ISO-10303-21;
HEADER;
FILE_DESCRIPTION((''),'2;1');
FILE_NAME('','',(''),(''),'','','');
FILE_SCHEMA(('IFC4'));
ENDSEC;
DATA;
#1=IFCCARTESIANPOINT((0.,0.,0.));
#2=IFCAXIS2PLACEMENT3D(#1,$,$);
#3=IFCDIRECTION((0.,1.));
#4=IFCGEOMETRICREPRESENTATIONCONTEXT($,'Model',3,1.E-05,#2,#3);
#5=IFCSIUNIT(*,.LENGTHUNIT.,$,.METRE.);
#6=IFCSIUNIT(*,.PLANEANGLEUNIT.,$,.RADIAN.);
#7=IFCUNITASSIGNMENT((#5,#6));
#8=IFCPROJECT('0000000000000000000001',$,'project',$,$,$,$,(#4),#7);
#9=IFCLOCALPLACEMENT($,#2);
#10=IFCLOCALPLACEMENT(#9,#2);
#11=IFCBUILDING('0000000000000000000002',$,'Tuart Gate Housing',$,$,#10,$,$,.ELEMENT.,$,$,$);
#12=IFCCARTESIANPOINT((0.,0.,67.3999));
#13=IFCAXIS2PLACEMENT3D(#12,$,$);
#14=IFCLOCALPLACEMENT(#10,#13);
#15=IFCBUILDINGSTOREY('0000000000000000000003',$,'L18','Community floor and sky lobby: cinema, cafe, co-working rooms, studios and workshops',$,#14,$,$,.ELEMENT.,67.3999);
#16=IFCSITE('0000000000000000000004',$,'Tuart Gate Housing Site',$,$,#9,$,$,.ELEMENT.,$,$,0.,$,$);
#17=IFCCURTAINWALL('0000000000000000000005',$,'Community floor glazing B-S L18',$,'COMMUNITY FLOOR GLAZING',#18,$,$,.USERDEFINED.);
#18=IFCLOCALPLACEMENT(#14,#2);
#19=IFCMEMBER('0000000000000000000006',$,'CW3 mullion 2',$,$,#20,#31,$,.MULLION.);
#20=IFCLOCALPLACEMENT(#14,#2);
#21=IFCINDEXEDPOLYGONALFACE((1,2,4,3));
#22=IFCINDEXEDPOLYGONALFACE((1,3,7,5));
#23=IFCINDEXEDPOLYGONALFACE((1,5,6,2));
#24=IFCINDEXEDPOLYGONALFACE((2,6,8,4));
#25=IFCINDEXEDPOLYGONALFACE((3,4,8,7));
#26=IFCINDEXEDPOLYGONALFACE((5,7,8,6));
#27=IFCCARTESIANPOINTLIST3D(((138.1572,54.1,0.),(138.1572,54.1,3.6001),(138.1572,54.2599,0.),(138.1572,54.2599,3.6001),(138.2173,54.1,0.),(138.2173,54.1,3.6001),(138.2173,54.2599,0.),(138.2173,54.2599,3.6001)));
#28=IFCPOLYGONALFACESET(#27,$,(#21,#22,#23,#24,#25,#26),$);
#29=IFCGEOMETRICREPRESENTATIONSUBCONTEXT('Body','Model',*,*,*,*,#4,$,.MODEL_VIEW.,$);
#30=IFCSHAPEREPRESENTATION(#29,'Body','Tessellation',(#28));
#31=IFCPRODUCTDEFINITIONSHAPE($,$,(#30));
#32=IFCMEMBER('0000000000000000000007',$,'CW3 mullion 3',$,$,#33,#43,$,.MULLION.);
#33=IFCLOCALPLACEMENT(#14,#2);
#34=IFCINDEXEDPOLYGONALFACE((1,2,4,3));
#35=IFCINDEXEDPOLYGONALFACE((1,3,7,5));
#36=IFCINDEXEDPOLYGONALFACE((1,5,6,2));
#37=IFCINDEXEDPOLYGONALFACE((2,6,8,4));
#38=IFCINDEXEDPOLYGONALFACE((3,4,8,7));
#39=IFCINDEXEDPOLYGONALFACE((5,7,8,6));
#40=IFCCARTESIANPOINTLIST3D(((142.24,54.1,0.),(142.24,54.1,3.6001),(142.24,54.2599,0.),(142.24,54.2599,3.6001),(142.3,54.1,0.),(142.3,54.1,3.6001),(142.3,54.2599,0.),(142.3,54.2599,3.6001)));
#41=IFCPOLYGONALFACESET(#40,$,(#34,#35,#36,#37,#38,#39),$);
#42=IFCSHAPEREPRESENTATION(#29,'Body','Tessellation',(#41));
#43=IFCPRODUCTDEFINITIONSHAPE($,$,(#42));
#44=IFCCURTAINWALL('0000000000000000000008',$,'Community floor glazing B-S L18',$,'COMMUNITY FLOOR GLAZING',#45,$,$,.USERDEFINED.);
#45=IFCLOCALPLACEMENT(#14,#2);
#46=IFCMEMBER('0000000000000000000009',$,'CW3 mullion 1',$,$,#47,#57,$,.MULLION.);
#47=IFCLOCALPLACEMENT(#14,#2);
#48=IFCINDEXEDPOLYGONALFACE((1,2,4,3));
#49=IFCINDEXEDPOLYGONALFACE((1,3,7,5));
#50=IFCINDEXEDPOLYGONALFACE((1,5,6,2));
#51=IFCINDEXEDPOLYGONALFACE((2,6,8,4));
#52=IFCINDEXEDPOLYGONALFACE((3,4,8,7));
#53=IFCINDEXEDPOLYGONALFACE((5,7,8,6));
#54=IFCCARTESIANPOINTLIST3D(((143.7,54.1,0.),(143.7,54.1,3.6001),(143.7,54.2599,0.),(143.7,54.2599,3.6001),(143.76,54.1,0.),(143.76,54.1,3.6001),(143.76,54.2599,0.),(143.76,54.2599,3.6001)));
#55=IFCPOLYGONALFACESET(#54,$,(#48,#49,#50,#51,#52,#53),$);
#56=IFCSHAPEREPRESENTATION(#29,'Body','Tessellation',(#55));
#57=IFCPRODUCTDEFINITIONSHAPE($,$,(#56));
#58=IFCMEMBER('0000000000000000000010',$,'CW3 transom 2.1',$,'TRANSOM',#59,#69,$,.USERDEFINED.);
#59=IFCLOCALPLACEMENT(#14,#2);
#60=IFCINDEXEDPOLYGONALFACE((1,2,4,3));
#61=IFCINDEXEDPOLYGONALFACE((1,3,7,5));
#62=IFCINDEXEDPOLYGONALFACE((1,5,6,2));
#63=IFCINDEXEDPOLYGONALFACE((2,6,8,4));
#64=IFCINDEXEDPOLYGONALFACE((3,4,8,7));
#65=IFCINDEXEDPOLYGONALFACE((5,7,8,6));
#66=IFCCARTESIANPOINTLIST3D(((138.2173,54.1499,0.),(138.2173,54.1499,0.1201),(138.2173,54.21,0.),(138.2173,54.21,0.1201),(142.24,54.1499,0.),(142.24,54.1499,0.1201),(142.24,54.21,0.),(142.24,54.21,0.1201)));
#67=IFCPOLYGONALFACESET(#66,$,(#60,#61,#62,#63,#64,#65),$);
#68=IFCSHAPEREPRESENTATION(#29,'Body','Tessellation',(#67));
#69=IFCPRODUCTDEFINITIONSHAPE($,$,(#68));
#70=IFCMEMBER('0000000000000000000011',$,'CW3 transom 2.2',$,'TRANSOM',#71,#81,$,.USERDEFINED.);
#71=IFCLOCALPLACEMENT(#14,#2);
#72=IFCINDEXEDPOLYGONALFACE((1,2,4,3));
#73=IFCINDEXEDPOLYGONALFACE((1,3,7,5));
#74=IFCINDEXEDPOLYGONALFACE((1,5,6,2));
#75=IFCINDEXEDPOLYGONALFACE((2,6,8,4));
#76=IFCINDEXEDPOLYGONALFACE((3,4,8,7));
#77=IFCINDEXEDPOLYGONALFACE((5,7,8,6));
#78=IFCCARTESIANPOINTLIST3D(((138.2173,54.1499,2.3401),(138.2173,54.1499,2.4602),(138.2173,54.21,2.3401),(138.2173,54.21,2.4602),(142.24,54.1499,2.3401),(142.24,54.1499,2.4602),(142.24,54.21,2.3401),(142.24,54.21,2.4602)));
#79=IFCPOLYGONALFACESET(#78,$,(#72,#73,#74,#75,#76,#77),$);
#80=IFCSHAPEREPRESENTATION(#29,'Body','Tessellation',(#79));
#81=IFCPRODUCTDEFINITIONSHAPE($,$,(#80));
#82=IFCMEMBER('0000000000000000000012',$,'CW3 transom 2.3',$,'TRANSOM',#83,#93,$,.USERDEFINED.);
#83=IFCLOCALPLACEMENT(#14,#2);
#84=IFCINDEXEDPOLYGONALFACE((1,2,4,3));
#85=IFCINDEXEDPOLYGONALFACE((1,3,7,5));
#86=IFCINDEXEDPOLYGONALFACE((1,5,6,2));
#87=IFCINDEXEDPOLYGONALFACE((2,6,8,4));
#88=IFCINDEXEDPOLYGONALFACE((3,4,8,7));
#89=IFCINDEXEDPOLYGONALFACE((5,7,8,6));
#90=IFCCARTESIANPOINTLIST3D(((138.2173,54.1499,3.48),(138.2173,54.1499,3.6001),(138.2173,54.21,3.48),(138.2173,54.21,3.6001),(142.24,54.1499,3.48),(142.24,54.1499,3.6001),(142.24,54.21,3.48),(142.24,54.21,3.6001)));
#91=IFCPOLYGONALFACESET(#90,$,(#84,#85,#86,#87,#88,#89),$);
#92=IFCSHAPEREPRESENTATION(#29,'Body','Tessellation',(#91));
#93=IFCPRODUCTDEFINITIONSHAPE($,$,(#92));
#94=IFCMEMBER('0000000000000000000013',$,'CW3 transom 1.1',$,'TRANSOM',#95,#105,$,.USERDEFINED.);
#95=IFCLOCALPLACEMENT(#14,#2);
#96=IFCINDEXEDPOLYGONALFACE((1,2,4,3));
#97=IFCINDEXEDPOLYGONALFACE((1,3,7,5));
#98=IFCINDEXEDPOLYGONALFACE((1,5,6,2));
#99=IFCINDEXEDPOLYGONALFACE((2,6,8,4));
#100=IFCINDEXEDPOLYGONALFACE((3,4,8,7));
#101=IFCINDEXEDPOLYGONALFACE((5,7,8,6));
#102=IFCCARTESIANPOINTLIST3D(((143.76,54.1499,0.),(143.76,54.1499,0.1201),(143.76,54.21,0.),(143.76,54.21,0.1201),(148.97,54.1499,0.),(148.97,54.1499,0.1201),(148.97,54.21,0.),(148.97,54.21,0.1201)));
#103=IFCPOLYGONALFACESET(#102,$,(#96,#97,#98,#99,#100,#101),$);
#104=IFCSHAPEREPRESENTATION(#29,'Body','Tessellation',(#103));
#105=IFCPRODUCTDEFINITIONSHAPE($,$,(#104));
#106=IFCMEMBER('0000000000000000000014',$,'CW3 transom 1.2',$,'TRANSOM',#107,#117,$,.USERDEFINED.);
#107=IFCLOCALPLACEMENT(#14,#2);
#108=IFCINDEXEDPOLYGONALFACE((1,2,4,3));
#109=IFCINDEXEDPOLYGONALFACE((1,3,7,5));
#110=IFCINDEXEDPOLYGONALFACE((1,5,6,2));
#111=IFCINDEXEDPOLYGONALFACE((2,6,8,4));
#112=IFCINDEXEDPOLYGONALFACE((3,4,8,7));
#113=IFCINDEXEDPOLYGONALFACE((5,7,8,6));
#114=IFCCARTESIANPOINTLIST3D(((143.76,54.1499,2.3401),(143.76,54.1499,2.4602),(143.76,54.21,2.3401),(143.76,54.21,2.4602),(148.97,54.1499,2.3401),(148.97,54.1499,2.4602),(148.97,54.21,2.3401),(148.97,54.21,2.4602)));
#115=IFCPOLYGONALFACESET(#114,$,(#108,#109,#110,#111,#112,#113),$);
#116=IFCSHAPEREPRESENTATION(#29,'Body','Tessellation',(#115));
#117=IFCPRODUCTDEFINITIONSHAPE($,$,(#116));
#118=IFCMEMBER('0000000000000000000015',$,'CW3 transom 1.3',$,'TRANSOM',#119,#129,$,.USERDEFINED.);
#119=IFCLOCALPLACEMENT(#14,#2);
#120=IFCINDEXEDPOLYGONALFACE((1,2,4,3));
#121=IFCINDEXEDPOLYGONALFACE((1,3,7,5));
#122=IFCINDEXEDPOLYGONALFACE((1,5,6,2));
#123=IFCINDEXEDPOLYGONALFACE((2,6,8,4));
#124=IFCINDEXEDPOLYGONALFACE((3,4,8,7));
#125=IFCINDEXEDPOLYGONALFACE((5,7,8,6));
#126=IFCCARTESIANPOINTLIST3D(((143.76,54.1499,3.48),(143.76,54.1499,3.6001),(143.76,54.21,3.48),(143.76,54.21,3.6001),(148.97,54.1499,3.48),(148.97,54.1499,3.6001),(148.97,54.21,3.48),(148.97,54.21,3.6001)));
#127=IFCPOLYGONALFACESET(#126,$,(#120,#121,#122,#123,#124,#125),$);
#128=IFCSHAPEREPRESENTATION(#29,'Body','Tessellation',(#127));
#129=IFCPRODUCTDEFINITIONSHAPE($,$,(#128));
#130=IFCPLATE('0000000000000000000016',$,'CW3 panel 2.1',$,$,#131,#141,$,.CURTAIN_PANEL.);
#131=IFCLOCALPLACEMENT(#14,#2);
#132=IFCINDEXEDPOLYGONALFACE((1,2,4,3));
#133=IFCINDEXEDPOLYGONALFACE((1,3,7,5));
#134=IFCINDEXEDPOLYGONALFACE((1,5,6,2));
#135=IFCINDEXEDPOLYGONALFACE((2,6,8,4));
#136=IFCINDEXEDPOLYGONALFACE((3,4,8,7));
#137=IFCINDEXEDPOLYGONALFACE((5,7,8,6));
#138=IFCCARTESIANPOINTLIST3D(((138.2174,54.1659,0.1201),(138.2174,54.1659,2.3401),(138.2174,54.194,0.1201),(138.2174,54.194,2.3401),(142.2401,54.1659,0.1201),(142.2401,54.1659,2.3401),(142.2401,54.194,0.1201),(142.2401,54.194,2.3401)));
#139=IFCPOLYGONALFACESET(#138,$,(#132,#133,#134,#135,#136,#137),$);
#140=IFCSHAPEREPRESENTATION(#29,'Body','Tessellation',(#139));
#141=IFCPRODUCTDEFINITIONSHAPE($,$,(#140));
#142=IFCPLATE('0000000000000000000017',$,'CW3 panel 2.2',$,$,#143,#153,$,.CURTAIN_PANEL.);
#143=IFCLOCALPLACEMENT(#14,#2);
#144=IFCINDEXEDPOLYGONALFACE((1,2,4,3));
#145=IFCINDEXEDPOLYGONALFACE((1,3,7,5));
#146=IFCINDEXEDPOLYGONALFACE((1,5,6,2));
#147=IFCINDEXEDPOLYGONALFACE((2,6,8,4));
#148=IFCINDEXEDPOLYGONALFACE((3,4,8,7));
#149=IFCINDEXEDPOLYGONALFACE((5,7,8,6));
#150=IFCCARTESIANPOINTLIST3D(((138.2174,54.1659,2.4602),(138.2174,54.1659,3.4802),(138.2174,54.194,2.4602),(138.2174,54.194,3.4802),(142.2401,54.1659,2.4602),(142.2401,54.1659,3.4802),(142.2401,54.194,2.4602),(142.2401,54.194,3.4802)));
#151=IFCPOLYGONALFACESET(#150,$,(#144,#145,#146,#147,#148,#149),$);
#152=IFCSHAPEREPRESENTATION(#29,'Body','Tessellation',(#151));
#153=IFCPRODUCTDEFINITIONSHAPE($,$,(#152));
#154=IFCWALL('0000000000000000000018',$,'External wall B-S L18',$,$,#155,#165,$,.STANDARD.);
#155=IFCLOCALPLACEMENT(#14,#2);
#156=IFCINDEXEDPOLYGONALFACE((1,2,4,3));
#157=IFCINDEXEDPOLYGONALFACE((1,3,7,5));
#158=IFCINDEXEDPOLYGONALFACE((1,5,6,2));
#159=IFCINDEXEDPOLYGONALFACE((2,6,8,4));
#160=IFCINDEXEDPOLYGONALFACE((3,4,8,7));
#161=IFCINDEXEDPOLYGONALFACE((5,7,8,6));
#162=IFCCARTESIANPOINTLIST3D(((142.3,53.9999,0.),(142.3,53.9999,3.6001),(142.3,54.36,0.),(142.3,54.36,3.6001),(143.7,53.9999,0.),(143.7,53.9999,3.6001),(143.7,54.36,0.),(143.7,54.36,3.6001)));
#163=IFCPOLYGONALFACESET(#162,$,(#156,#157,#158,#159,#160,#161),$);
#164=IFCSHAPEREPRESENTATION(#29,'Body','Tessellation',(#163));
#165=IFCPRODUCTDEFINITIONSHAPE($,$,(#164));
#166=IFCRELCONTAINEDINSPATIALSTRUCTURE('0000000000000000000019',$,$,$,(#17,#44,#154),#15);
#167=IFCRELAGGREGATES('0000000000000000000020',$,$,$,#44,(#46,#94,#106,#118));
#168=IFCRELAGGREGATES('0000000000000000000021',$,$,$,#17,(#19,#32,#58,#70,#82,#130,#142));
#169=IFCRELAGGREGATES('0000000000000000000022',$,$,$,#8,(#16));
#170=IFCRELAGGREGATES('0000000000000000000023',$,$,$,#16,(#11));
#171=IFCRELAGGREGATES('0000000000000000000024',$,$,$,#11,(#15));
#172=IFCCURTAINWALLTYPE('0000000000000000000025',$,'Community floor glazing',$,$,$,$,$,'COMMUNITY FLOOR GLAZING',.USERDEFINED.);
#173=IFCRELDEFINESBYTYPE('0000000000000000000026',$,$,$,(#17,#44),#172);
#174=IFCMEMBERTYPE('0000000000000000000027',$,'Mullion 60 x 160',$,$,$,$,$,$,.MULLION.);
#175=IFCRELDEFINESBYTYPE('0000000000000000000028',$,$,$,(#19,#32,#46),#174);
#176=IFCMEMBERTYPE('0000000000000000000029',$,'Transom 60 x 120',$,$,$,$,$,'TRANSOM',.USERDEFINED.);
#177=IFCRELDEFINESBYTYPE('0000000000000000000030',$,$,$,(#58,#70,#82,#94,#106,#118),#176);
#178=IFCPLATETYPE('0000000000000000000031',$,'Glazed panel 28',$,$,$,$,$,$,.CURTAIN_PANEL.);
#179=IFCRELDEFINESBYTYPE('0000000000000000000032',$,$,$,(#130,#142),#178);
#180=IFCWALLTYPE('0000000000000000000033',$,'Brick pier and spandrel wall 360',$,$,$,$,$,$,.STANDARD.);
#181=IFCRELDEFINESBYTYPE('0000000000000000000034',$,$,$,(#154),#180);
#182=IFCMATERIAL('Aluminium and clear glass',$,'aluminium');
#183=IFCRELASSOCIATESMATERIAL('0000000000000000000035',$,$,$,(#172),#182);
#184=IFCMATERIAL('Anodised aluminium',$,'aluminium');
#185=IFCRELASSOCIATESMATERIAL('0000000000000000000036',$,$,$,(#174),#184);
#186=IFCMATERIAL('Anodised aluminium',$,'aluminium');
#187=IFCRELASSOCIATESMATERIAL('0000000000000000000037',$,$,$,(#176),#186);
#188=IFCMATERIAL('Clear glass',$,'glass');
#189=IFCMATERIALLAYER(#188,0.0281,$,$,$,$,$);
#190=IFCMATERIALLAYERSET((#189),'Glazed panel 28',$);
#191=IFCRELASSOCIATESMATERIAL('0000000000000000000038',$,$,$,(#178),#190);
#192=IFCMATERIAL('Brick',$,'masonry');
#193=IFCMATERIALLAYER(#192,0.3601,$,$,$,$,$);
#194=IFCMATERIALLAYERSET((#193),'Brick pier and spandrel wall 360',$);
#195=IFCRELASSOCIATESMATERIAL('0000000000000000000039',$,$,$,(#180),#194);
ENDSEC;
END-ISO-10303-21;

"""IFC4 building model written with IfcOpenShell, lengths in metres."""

from ifc_helpers import new_model, si_unit, direction, frame, frame_2d, origin, origin_2d, place, context, subcontext, project, spatial, rectangle, extrude, material, layer, layer_set, material_profile, profile_set, type_object, element, aggregate, save


model = new_model("IFC4")

# Units and contexts
model_context = context("Model", 3, precision=1e-05, world=origin(), true_north=direction((0.0, 1.0)))
body_context = subcontext(model_context, "Body", "Model", "MODEL_VIEW")
ifc_project = project(units=[si_unit("LENGTHUNIT", "METRE"), si_unit("PLANEANGLEUNIT", "RADIAN")], contexts=[model_context])

# Site, building, storey
site_placement = place(None, origin())
site = spatial("IfcSite", under=ifc_project, at=site_placement, Name="Tuart Gate Housing Site", CompositionType="ELEMENT", RefElevation=0.0)
building_placement = place(site_placement, origin())
building = spatial("IfcBuilding", under=site, at=building_placement, Name="Tuart Gate Housing", CompositionType="ELEMENT")
storey_placement = place(building_placement, frame((0.0, 0.0, 67.3999)))
storey = spatial("IfcBuildingStorey", under=building, at=storey_placement, Name="L18", Description="Community floor and sky lobby: cinema, cafe, co-working rooms, studios and workshops", CompositionType="ELEMENT", Elevation=67.3999)

# Curtain wall, members
ifc_material_1 = material(Name="Aluminium and clear glass", Category="aluminium")
curtain_wall_type = type_object("IfcCurtainWallType", Name="Community floor glazing", ElementType="COMMUNITY FLOOR GLAZING", PredefinedType="USERDEFINED", material=ifc_material_1)
curtain_wall_1_placement = place(storey_placement, origin())
curtain_wall_1 = element("IfcCurtainWall", 1, at=curtain_wall_1_placement, inside=storey, type_object=curtain_wall_type, Name="Community floor glazing B-S L18", ObjectType="COMMUNITY FLOOR GLAZING", PredefinedType="USERDEFINED")
ifc_material_2 = material(Name="Anodised aluminium", Category="aluminium")
ifc_material_profile_1 = material_profile(ifc_material_2, rectangle(XDim=0.0601, YDim=0.1599, at=origin_2d()), Name="60x160")
ifc_profile_set_1 = profile_set([ifc_material_profile_1], Name="Anodised aluminium")
member_type_1 = type_object("IfcMemberType", Name="Mullion 60 x 160", PredefinedType="MULLION", material=ifc_profile_set_1)
member_1_placement = place(storey_placement, frame((138.1873, 54.1799, 0.0), z_axis=(0.0, 0.0, 1.0), x_axis=(1.0, 0.0, 0.0)))
member_1 = element("IfcMember", 2, at=member_1_placement, type_object=member_type_1, Name="CW3 mullion 2", PredefinedType="MULLION", context=body_context, shape_type="SweptSolid", body=[
    extrude(rectangle(XDim=0.0601, YDim=0.1599, at=origin_2d()), origin(), (0.0, 0.0, 1.0), 3.6001),
])
member_2_placement = place(storey_placement, frame((142.27, 54.1799, 0.0), z_axis=(0.0, 0.0, 1.0), x_axis=(1.0, 0.0, 0.0)))
member_2 = element("IfcMember", 3, at=member_2_placement, type_object=member_type_1, Name="CW3 mullion 3", PredefinedType="MULLION", context=body_context, shape_type="SweptSolid", body=[
    extrude(rectangle(XDim=0.0601, YDim=0.1599, at=origin_2d()), origin(), (0.0, 0.0, 1.0), 3.6001),
])

# Curtain wall, member
curtain_wall_2_placement = place(storey_placement, origin())
curtain_wall_2 = element("IfcCurtainWall", 4, at=curtain_wall_2_placement, inside=storey, type_object=curtain_wall_type, Name="Community floor glazing B-S L18", ObjectType="COMMUNITY FLOOR GLAZING", PredefinedType="USERDEFINED")
member_3_placement = place(storey_placement, frame((143.73, 54.1799, 0.0), z_axis=(0.0, 0.0, 1.0), x_axis=(1.0, 0.0, 0.0)))
member_3 = element("IfcMember", 5, at=member_3_placement, type_object=member_type_1, Name="CW3 mullion 1", PredefinedType="MULLION", context=body_context, shape_type="SweptSolid", body=[
    extrude(rectangle(XDim=0.0601, YDim=0.1599, at=origin_2d()), origin(), (0.0, 0.0, 1.0), 3.6001),
])

# Members
ifc_material_3 = material(Name="Anodised aluminium", Category="aluminium")
ifc_material_profile_2 = material_profile(ifc_material_3, rectangle(XDim=0.0601, YDim=0.1201, at=origin_2d()), Name="60x120")
ifc_profile_set_2 = profile_set([ifc_material_profile_2], Name="Anodised aluminium")
member_type_2 = type_object("IfcMemberType", Name="Transom 60 x 120", ElementType="TRANSOM", PredefinedType="USERDEFINED", material=ifc_profile_set_2)
member_4_placement = place(storey_placement, frame((138.2173, 54.1799, 0.0601), z_axis=(1.0, 0.0, 0.0), x_axis=(0.0, 1.0, 0.0)))
member_4 = element("IfcMember", 6, at=member_4_placement, type_object=member_type_2, Name="CW3 transom 2.1", ObjectType="TRANSOM", PredefinedType="USERDEFINED", context=body_context, shape_type="SweptSolid", body=[
    extrude(rectangle(XDim=0.0601, YDim=0.1201, at=origin_2d()), origin(), (0.0, 0.0, 1.0), 4.0227),
])
member_5_placement = place(storey_placement, frame((138.2173, 54.1799, 2.4001), z_axis=(1.0, 0.0, 0.0), x_axis=(0.0, 1.0, 0.0)))
member_5 = element("IfcMember", 7, at=member_5_placement, type_object=member_type_2, Name="CW3 transom 2.2", ObjectType="TRANSOM", PredefinedType="USERDEFINED", context=body_context, shape_type="SweptSolid", body=[
    extrude(rectangle(XDim=0.0601, YDim=0.1201, at=origin_2d()), origin(), (0.0, 0.0, 1.0), 4.0227),
])
member_6_placement = place(storey_placement, frame((138.2173, 54.1799, 3.54), z_axis=(1.0, 0.0, 0.0), x_axis=(0.0, 1.0, 0.0)))
member_6 = element("IfcMember", 8, at=member_6_placement, type_object=member_type_2, Name="CW3 transom 2.3", ObjectType="TRANSOM", PredefinedType="USERDEFINED", context=body_context, shape_type="SweptSolid", body=[
    extrude(rectangle(XDim=0.0601, YDim=0.1201, at=origin_2d()), origin(), (0.0, 0.0, 1.0), 4.0227),
])
member_7_placement = place(storey_placement, frame((143.76, 54.1799, 0.0601), z_axis=(1.0, 0.0, 0.0), x_axis=(0.0, 1.0, 0.0)))
member_7 = element("IfcMember", 9, at=member_7_placement, type_object=member_type_2, Name="CW3 transom 1.1", ObjectType="TRANSOM", PredefinedType="USERDEFINED", context=body_context, shape_type="SweptSolid", body=[
    extrude(rectangle(XDim=0.0601, YDim=0.1201, at=origin_2d()), origin(), (0.0, 0.0, 1.0), 5.21),
])
member_8_placement = place(storey_placement, frame((143.76, 54.1799, 2.4001), z_axis=(1.0, 0.0, 0.0), x_axis=(0.0, 1.0, 0.0)))
member_8 = element("IfcMember", 10, at=member_8_placement, type_object=member_type_2, Name="CW3 transom 1.2", ObjectType="TRANSOM", PredefinedType="USERDEFINED", context=body_context, shape_type="SweptSolid", body=[
    extrude(rectangle(XDim=0.0601, YDim=0.1201, at=origin_2d()), origin(), (0.0, 0.0, 1.0), 5.21),
])
member_9_placement = place(storey_placement, frame((143.76, 54.1799, 3.54), z_axis=(1.0, 0.0, 0.0), x_axis=(0.0, 1.0, 0.0)))
member_9 = element("IfcMember", 11, at=member_9_placement, type_object=member_type_2, Name="CW3 transom 1.3", ObjectType="TRANSOM", PredefinedType="USERDEFINED", context=body_context, shape_type="SweptSolid", body=[
    extrude(rectangle(XDim=0.0601, YDim=0.1201, at=origin_2d()), origin(), (0.0, 0.0, 1.0), 5.21),
])
aggregate(curtain_wall_2, [member_3, member_7, member_8, member_9])

# Plates
ifc_material_4 = material(Name="Clear glass", Category="glass")
ifc_layer_1 = layer(ifc_material_4, 0.0281)
ifc_layer_set_1 = layer_set([ifc_layer_1], Name="Glazed panel 28")
plate_type = type_object("IfcPlateType", Name="Glazed panel 28", PredefinedType="CURTAIN_PANEL", material=ifc_layer_set_1)
plate_1_placement = place(storey_placement, frame((140.2288, 54.1799, 0.1201), z_axis=(0.0, 0.0, 1.0), x_axis=(1.0, 0.0, 0.0)))
plate_1 = element("IfcPlate", 12, at=plate_1_placement, type_object=plate_type, Name="CW3 panel 2.1", PredefinedType="CURTAIN_PANEL", context=body_context, shape_type="SweptSolid", body=[
    extrude(rectangle(XDim=4.0227, YDim=0.0281, at=origin_2d()), origin(), (0.0, 0.0, 1.0), 2.22),
])
plate_2_placement = place(storey_placement, frame((140.2288, 54.1799, 2.4602), z_axis=(0.0, 0.0, 1.0), x_axis=(1.0, 0.0, 0.0)))
plate_2 = element("IfcPlate", 13, at=plate_2_placement, type_object=plate_type, Name="CW3 panel 2.2", PredefinedType="CURTAIN_PANEL", context=body_context, shape_type="SweptSolid", body=[
    extrude(rectangle(XDim=4.0227, YDim=0.0281, at=origin_2d()), origin(), (0.0, 0.0, 1.0), 1.02),
])
aggregate(curtain_wall_1, [member_1, member_2, member_4, member_5, member_6, plate_1, plate_2])

# Wall
ifc_material_5 = material(Name="Brick", Category="masonry")
ifc_layer_2 = layer(ifc_material_5, 0.3601)
ifc_layer_set_2 = layer_set([ifc_layer_2], Name="Brick pier and spandrel wall 360")
wall_type = type_object("IfcWallType", Name="Brick pier and spandrel wall 360", PredefinedType="STANDARD", material=ifc_layer_set_2)
wall_placement = place(storey_placement, frame((142.3, 54.1799, 0.0), z_axis=(0.0, 0.0, 1.0), x_axis=(1.0, 0.0, 0.0)))
element("IfcWall", 14, at=wall_placement, inside=storey, type_object=wall_type, Name="External wall B-S L18", PredefinedType="STANDARD", context=body_context, shape_type="SweptSolid", body=[
    extrude(rectangle(XDim=1.3999, YDim=0.3601, at=frame_2d((0.7, 0.0))), origin(), (0.0, 0.0, 1.0), 3.6001),
])

save(model, "model.ifc")
